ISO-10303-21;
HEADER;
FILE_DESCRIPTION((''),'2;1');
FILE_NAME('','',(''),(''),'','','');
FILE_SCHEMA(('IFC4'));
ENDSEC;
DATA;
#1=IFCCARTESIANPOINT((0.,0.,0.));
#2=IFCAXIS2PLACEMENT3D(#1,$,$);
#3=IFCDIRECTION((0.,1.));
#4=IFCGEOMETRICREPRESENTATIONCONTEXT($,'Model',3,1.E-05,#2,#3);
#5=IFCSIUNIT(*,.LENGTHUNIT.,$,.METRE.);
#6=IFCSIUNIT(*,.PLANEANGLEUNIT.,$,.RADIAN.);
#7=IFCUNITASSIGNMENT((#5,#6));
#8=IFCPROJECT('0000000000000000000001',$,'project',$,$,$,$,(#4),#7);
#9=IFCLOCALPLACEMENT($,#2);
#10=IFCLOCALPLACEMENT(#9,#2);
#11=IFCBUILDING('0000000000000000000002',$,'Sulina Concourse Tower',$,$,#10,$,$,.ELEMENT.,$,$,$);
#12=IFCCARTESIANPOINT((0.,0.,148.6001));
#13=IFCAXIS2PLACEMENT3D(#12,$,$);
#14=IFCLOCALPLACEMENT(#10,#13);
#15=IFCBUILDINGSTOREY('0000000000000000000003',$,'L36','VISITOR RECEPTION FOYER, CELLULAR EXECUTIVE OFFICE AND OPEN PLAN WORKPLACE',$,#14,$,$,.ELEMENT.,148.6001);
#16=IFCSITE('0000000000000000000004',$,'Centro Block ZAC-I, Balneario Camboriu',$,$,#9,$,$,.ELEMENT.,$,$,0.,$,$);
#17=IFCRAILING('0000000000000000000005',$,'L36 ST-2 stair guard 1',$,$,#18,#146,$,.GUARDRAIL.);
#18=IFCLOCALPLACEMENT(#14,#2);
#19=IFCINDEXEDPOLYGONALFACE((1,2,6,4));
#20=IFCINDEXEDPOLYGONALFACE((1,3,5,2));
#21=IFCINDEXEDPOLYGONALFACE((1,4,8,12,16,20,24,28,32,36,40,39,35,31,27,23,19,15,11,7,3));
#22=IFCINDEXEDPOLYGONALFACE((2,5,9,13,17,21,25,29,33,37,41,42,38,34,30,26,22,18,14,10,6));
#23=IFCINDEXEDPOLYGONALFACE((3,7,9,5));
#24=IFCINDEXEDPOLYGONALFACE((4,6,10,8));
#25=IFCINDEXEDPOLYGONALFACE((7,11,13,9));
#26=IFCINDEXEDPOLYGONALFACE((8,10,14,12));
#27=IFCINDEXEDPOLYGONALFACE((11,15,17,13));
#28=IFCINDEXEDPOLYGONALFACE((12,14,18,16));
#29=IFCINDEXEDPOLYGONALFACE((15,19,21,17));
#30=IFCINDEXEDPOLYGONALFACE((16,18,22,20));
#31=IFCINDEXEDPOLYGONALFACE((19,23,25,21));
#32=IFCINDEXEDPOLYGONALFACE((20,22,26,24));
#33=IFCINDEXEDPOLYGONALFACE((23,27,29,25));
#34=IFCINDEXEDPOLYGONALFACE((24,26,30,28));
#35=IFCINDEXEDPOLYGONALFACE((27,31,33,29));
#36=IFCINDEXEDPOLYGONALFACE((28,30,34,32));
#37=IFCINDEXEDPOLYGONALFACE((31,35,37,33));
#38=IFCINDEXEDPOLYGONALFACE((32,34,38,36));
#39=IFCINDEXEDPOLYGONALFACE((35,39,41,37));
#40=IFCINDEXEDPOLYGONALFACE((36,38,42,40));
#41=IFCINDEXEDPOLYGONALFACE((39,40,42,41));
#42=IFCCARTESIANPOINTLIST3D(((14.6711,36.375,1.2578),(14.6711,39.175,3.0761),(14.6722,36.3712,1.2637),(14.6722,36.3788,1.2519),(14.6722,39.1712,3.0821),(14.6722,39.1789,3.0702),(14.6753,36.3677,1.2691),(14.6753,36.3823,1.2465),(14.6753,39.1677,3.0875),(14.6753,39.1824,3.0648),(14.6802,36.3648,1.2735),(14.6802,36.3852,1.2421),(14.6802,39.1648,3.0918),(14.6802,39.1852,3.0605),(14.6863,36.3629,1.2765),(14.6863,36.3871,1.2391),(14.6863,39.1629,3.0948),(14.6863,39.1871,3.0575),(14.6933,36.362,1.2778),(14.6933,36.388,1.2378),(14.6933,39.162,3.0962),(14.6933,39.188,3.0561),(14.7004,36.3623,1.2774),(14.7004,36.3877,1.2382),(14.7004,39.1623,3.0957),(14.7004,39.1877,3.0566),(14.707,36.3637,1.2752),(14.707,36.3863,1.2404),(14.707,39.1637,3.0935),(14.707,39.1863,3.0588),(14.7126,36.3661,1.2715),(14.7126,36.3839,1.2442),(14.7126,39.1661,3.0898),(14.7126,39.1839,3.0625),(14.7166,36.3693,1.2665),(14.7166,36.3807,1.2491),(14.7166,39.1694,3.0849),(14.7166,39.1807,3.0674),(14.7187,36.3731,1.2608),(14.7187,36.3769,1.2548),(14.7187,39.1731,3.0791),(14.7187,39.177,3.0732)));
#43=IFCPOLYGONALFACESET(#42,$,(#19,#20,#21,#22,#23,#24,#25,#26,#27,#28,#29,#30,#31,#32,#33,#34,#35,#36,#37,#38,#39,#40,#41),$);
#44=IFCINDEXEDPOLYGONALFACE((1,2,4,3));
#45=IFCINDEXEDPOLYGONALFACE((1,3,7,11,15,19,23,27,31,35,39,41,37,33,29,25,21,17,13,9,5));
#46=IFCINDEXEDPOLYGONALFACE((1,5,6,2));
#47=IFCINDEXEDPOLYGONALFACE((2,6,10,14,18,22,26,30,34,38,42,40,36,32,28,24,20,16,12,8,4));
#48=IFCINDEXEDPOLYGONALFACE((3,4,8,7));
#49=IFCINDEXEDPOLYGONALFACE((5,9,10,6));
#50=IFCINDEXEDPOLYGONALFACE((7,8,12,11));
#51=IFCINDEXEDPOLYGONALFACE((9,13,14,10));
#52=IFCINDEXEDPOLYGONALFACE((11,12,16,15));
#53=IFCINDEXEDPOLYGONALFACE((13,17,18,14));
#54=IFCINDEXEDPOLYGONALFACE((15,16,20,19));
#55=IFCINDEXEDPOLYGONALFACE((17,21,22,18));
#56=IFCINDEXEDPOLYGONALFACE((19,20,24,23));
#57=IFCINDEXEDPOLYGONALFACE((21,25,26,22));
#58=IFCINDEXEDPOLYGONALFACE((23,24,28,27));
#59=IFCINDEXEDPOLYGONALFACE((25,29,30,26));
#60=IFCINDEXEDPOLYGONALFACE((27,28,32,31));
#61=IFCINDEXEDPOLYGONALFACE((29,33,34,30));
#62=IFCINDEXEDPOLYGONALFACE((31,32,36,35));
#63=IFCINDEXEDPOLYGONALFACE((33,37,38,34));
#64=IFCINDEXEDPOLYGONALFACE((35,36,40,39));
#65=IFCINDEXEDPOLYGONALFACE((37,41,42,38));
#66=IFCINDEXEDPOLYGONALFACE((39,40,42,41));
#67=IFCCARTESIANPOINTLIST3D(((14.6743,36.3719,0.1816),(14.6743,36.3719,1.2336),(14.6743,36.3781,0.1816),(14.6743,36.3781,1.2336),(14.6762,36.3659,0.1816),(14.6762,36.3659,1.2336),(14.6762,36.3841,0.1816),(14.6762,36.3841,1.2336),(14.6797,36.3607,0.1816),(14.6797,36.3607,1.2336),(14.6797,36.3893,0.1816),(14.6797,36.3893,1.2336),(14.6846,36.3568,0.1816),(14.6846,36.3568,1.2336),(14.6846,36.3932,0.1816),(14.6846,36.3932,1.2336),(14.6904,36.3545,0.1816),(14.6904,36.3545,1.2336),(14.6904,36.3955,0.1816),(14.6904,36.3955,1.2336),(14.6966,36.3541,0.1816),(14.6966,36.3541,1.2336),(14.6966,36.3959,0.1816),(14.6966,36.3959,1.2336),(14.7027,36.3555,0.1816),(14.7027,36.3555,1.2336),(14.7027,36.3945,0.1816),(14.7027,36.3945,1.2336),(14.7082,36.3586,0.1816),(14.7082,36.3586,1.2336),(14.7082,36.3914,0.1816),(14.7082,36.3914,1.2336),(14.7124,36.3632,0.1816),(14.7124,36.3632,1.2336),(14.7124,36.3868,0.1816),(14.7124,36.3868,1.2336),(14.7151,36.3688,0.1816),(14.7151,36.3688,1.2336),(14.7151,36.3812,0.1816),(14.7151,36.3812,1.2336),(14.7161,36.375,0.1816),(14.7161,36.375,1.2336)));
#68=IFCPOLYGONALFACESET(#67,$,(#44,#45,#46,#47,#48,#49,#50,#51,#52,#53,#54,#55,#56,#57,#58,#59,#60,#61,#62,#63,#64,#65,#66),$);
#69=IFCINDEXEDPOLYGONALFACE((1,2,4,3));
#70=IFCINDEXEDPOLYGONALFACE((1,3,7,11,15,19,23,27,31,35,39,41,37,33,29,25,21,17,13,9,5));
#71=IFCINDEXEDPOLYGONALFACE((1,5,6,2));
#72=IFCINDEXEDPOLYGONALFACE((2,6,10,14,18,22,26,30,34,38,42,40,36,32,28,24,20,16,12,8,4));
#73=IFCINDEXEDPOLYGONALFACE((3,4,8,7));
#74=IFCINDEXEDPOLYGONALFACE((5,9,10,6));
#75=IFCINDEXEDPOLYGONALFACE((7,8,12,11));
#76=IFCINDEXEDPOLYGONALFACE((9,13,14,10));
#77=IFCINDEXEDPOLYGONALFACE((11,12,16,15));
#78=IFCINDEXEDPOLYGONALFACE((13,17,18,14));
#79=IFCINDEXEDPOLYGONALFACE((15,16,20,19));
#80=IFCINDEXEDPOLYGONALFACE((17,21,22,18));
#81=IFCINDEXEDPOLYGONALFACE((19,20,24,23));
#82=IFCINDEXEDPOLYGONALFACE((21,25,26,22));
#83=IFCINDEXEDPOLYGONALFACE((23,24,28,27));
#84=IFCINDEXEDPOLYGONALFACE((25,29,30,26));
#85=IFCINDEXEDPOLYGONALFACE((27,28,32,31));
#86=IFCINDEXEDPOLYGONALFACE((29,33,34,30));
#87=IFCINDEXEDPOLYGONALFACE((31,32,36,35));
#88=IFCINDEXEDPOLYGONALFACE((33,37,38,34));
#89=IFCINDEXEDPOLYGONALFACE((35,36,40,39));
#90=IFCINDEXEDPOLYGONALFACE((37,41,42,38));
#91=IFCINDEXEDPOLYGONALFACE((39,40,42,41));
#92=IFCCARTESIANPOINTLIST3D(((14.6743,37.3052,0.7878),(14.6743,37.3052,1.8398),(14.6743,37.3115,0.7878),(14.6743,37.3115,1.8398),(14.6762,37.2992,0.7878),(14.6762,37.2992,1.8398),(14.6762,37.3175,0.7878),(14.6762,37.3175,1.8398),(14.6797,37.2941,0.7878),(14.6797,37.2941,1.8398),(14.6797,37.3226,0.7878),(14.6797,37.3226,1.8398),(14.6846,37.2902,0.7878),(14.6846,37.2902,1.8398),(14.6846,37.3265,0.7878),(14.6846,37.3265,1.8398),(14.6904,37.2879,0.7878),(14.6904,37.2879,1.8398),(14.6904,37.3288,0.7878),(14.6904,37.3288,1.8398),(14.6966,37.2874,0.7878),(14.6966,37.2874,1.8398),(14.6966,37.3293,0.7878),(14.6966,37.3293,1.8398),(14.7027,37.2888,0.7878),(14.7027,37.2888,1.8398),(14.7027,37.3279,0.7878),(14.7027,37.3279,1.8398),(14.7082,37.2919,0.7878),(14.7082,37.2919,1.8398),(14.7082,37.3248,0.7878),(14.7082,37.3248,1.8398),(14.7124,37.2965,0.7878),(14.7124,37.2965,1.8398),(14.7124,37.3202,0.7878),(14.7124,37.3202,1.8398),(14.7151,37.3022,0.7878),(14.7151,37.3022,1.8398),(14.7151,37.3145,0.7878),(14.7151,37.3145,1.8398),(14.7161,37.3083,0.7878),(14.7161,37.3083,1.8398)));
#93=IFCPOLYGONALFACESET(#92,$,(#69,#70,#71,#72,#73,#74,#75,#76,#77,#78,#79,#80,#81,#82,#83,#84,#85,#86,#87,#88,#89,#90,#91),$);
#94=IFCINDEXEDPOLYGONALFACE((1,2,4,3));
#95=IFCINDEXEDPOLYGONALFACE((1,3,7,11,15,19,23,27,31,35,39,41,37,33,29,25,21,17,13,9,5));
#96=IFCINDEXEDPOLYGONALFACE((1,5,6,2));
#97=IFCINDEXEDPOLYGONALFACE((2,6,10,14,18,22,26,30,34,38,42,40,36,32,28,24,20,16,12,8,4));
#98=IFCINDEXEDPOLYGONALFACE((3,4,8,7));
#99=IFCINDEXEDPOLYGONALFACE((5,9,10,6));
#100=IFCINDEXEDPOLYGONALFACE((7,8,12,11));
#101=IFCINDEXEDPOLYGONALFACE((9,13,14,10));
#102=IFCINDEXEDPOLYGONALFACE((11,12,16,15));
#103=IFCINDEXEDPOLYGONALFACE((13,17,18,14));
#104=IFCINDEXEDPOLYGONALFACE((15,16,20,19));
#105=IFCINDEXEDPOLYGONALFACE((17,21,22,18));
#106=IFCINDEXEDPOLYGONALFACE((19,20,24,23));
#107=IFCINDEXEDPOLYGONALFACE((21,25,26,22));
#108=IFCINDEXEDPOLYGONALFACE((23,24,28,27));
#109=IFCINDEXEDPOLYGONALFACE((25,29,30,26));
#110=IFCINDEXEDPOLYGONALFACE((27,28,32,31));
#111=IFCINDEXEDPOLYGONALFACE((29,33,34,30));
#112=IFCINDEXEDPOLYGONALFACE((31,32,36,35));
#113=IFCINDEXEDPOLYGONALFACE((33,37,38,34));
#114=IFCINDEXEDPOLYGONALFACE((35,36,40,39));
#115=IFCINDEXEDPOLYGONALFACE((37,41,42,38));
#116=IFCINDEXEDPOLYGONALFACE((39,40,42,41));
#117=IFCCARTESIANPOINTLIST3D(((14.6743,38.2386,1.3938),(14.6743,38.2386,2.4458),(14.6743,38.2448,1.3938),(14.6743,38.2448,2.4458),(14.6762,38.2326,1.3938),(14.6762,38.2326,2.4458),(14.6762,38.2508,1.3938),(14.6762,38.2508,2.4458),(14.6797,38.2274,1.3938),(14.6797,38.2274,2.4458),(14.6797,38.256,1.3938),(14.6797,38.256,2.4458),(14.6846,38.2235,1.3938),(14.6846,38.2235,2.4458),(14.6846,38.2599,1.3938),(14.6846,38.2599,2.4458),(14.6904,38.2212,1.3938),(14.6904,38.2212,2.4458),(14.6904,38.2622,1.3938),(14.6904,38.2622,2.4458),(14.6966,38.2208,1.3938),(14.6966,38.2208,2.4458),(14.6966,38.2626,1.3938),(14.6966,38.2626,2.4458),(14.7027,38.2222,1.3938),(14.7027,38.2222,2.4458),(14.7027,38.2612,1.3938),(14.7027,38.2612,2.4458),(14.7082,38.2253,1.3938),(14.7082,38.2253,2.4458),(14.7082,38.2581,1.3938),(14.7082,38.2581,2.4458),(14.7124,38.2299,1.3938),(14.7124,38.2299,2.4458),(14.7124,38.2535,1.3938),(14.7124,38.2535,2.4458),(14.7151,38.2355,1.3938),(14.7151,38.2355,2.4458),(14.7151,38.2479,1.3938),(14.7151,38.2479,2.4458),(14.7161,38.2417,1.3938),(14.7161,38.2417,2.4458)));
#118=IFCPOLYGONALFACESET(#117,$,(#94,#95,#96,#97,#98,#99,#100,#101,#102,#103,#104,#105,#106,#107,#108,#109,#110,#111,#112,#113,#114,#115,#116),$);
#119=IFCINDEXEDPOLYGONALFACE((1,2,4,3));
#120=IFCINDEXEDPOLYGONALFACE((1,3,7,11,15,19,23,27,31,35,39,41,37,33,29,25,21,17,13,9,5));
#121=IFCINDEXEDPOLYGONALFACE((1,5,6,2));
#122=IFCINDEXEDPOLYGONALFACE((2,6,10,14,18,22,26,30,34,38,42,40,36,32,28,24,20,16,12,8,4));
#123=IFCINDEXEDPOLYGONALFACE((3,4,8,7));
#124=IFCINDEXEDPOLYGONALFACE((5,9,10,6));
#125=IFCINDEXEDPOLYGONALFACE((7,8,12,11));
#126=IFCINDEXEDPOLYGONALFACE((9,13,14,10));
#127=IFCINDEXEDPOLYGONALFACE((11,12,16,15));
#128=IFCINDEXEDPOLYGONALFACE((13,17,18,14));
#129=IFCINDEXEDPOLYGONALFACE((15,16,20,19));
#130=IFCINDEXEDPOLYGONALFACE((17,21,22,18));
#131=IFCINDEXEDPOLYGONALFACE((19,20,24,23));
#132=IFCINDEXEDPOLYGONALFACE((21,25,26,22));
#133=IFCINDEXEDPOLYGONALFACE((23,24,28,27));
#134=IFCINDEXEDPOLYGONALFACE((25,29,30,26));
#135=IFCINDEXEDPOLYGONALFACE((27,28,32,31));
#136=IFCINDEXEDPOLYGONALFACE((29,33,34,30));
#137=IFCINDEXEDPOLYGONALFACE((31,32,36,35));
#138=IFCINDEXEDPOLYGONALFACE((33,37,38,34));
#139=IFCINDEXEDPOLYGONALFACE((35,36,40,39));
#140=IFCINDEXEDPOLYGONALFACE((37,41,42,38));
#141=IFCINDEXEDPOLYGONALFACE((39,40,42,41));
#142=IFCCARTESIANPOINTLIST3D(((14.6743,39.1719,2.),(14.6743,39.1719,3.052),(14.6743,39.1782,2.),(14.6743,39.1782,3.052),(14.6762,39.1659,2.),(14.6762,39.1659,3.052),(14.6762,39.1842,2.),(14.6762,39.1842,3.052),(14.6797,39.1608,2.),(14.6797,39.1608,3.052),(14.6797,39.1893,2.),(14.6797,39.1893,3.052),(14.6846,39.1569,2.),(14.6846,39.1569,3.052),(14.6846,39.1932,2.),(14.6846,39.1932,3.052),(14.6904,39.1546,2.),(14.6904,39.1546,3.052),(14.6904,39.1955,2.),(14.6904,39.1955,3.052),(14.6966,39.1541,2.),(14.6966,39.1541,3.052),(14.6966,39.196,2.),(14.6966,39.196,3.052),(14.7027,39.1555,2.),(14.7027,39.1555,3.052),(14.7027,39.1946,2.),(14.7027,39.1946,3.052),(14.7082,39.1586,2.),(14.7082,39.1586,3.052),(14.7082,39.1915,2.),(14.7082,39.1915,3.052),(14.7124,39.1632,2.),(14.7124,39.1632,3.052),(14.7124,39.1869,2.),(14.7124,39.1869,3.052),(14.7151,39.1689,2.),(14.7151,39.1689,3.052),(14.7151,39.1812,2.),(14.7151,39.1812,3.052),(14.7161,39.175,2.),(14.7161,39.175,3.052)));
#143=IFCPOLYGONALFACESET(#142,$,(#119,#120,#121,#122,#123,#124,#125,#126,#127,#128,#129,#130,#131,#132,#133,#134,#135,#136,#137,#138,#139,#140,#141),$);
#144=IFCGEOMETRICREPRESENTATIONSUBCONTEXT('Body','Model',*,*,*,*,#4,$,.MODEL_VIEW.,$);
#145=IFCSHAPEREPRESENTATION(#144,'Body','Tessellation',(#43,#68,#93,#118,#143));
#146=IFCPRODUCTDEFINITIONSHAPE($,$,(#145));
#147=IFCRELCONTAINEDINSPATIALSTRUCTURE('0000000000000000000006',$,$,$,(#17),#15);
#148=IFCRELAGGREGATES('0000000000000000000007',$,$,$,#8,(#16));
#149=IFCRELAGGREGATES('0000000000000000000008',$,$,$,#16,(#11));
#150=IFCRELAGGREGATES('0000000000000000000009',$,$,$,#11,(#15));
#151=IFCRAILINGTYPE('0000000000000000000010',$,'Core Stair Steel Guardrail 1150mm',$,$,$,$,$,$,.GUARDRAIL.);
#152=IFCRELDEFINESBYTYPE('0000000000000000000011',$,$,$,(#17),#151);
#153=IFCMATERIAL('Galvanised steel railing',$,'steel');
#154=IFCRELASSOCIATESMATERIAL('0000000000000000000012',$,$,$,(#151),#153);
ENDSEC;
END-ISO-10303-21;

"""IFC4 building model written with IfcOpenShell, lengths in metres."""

from ifc_helpers import new_model, si_unit, direction, frame, origin, origin_2d, place, context, subcontext, project, spatial, circle, extrude, material, type_object, element, save


model = new_model("IFC4")

# Units and contexts
model_context = context("Model", 3, precision=1e-05, world=origin(), true_north=direction((0.0, 1.0)))
body_context = subcontext(model_context, "Body", "Model", "MODEL_VIEW")
ifc_project = project(units=[si_unit("LENGTHUNIT", "METRE"), si_unit("PLANEANGLEUNIT", "RADIAN")], contexts=[model_context])

# Site, building, storey
site_placement = place(None, origin())
site = spatial("IfcSite", under=ifc_project, at=site_placement, Name="Centro Block ZAC-I, Balneario Camboriu", CompositionType="ELEMENT", RefElevation=0.0)
building_placement = place(site_placement, origin())
building = spatial("IfcBuilding", under=site, at=building_placement, Name="Sulina Concourse Tower", CompositionType="ELEMENT")
storey_placement = place(building_placement, frame((0.0, 0.0, 148.6001)))
storey = spatial("IfcBuildingStorey", under=building, at=storey_placement, Name="L36", Description="VISITOR RECEPTION FOYER, CELLULAR EXECUTIVE OFFICE AND OPEN PLAN WORKPLACE", CompositionType="ELEMENT", Elevation=148.6001)

# Railing
ifc_material_1 = material(Name="Galvanised steel railing", Category="steel")
railing_type_1 = type_object("IfcRailingType", Name="Core Stair Steel Guardrail 1150mm", PredefinedType="GUARDRAIL", material=ifc_material_1)
railing_1_placement = place(storey_placement, frame((14.6951, 36.375, 0.1816)))
element("IfcRailing", 1, at=railing_1_placement, inside=storey, type_object=railing_type_1, Name="L36 ST-2 stair guard 1", PredefinedType="GUARDRAIL", context=body_context, shape_type="SweptSolid", body=[
    extrude(circle(Radius=0.0239, at=origin_2d()), frame((0.0, 0.0, 1.0762), z_axis=(0.0, 0.838672, 0.544636), x_axis=(-1.0, 0.0, 0.0)), (0.0, 0.0, 1.0), 3.3386),
    extrude(circle(Radius=0.021, at=origin_2d()), origin(), (0.0, 0.0, 1.0), 1.052),
    extrude(circle(Radius=0.021, at=origin_2d()), frame((0.0, 0.9333, 0.6062)), (0.0, 0.0, 1.0), 1.052),
    extrude(circle(Radius=0.021, at=origin_2d()), frame((0.0, 1.8667, 1.2122)), (0.0, 0.0, 1.0), 1.052),
    extrude(circle(Radius=0.021, at=origin_2d()), frame((0.0, 2.8, 1.8184)), (0.0, 0.0, 1.0), 1.052),
])

save(model, "model.ifc")
